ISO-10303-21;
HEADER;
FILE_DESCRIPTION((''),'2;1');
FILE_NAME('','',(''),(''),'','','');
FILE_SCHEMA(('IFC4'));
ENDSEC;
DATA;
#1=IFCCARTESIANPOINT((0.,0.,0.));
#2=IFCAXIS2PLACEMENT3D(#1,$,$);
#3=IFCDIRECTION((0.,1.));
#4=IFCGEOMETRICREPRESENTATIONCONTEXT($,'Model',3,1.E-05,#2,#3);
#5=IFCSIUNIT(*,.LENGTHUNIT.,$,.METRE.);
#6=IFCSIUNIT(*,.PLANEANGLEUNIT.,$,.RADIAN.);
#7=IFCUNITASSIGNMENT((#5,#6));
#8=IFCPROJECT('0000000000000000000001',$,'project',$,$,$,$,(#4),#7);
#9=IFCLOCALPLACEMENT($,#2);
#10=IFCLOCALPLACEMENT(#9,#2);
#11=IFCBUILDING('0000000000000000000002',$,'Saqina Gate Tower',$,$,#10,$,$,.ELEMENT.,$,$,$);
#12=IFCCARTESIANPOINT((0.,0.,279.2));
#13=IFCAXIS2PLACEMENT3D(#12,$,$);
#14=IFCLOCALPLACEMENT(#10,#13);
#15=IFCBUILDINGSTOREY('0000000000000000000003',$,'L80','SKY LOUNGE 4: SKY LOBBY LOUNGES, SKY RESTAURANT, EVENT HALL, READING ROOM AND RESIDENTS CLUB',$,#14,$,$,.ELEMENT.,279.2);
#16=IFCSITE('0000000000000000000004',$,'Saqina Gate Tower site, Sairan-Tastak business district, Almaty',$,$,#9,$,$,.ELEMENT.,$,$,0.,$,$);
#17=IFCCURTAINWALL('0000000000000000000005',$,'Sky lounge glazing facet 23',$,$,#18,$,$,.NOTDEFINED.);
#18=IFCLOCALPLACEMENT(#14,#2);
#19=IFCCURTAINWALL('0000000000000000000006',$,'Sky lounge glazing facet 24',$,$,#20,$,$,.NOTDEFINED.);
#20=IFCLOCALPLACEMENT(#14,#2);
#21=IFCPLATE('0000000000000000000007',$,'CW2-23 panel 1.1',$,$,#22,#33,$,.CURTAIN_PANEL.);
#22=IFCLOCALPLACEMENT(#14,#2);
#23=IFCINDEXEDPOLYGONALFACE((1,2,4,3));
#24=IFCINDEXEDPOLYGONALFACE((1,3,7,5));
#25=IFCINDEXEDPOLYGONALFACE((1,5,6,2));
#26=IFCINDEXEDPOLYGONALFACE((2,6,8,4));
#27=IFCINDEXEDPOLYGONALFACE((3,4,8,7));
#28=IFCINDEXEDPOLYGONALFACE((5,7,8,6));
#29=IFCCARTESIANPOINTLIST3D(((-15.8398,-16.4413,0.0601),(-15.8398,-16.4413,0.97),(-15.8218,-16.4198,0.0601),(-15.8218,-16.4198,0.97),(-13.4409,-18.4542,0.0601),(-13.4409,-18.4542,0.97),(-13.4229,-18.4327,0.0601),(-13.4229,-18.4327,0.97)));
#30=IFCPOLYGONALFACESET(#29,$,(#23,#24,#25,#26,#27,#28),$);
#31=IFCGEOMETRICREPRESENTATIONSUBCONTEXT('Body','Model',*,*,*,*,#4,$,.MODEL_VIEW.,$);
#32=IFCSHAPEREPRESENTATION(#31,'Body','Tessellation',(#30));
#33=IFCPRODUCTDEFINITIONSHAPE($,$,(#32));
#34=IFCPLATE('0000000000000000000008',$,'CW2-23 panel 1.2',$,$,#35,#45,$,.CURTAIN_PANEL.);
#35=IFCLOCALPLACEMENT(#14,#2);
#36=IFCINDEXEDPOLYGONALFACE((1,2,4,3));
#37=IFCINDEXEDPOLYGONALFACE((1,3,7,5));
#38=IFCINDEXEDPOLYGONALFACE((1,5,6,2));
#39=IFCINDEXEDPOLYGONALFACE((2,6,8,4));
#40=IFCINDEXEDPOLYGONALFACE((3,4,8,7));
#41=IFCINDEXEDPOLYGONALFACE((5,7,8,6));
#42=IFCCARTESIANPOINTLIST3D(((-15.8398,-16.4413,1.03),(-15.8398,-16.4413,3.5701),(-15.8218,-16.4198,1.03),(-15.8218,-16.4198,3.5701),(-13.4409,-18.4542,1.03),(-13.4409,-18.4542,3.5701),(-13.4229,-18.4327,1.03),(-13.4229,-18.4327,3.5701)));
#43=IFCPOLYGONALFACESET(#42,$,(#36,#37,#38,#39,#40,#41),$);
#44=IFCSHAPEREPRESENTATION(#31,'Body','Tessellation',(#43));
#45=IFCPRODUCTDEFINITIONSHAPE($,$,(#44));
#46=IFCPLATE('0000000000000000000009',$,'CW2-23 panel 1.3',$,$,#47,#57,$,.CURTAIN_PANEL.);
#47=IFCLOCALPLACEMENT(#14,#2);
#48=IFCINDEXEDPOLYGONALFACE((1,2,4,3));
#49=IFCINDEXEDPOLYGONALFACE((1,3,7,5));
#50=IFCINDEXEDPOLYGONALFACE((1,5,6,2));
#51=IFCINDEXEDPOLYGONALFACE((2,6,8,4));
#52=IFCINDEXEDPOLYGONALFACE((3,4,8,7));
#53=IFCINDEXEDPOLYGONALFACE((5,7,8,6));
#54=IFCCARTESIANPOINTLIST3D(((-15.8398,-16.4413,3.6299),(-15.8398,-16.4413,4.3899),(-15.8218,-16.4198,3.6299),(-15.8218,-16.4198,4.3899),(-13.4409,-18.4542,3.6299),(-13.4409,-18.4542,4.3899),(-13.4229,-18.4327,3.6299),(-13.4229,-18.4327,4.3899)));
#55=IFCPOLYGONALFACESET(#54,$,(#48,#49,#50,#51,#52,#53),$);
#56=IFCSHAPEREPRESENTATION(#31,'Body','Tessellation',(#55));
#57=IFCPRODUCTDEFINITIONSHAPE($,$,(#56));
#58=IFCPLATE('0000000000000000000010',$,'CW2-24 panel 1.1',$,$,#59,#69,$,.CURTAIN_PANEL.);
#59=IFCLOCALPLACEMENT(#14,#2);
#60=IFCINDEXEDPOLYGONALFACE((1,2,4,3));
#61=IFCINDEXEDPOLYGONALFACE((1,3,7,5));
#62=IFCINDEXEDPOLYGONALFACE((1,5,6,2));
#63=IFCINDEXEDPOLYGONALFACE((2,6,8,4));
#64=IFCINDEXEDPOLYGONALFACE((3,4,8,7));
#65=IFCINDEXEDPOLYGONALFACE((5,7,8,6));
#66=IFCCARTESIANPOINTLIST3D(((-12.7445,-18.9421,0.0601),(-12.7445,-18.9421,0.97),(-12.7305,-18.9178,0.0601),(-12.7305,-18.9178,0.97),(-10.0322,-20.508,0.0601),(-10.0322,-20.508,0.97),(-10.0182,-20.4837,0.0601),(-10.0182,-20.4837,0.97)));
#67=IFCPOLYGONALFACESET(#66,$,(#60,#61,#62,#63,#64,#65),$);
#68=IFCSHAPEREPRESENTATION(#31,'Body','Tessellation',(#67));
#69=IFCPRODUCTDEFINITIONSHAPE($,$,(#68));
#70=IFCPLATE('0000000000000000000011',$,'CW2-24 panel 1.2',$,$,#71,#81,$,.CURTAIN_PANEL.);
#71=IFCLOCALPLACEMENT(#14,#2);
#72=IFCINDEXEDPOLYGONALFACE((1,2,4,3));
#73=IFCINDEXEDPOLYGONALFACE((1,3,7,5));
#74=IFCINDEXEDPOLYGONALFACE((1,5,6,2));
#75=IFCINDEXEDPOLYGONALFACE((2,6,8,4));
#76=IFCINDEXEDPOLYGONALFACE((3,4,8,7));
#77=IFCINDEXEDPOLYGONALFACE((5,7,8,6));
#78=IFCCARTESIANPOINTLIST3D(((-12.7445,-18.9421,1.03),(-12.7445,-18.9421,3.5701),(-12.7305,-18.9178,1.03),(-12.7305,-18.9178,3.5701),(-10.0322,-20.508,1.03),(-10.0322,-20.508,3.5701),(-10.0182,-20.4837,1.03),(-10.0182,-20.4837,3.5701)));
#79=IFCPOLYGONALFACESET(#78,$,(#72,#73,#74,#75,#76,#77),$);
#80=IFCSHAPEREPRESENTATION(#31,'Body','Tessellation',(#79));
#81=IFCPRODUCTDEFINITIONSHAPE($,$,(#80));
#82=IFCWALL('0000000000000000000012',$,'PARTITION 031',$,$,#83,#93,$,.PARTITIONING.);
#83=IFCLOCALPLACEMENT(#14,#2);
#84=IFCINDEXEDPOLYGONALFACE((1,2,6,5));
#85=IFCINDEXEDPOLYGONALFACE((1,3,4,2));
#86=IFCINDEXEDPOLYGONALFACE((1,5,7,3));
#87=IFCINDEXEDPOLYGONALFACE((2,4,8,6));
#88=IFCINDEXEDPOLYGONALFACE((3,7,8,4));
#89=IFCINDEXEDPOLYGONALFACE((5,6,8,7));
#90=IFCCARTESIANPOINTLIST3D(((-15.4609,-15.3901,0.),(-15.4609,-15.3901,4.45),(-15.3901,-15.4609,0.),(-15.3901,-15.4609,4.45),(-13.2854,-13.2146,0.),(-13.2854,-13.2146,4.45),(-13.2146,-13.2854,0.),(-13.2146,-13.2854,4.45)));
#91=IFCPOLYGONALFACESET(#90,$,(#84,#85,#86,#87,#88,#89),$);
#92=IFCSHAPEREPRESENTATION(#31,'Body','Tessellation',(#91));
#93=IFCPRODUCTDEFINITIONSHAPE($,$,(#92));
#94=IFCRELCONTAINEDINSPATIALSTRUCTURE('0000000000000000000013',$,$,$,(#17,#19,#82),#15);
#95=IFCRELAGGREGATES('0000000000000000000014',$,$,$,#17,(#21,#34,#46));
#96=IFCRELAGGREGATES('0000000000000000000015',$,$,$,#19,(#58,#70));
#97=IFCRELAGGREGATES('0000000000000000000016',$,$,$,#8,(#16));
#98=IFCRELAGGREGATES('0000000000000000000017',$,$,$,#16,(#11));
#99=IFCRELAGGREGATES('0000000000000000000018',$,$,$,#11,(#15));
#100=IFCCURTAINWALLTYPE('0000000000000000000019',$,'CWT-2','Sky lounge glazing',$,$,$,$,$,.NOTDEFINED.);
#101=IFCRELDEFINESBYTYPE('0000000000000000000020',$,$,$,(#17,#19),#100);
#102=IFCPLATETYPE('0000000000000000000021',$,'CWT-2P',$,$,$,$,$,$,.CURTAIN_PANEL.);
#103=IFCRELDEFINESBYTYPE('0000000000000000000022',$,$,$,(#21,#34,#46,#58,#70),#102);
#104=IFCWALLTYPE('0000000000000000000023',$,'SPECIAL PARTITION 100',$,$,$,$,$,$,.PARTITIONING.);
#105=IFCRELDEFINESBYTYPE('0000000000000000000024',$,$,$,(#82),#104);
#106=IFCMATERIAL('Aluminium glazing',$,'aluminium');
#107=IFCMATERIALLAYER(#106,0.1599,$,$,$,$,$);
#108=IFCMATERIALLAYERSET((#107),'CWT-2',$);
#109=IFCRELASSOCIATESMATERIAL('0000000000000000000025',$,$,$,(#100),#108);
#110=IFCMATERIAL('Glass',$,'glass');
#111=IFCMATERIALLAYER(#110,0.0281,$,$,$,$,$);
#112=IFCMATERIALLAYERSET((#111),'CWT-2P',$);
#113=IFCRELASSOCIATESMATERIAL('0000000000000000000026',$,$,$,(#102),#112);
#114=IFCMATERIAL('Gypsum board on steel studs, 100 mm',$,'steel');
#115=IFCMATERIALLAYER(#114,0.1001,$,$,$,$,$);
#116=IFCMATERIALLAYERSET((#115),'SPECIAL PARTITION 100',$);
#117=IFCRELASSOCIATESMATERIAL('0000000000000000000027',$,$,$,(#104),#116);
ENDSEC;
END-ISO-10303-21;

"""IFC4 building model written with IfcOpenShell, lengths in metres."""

from ifc_helpers import new_model, si_unit, direction, frame, frame_2d, origin, origin_2d, place, context, subcontext, project, spatial, rectangle, extrude, material, layer, layer_set, type_object, element, aggregate, save


model = new_model("IFC4")

# Units and contexts
model_context = context("Model", 3, precision=1e-05, world=origin(), true_north=direction((0.0, 1.0)))
body_context = subcontext(model_context, "Body", "Model", "MODEL_VIEW")
ifc_project = project(units=[si_unit("LENGTHUNIT", "METRE"), si_unit("PLANEANGLEUNIT", "RADIAN")], contexts=[model_context])

# Site, building, storey
site_placement = place(None, origin())
site = spatial("IfcSite", under=ifc_project, at=site_placement, Name="Saqina Gate Tower site, Sairan-Tastak business district, Almaty", CompositionType="ELEMENT", RefElevation=0.0)
building_placement = place(site_placement, origin())
building = spatial("IfcBuilding", under=site, at=building_placement, Name="Saqina Gate Tower", CompositionType="ELEMENT")
storey_placement = place(building_placement, frame((0.0, 0.0, 279.2)))
storey = spatial("IfcBuildingStorey", under=building, at=storey_placement, Name="L80", Description="SKY LOUNGE 4: SKY LOBBY LOUNGES, SKY RESTAURANT, EVENT HALL, READING ROOM AND RESIDENTS CLUB", CompositionType="ELEMENT", Elevation=279.2)

# Shared definitions
ifc_material_1 = material(Name="Aluminium glazing", Category="aluminium")
ifc_layer_1 = layer(ifc_material_1, 0.1599)
ifc_layer_set_1 = layer_set([ifc_layer_1], Name="CWT-2")
curtain_wall_type = type_object("IfcCurtainWallType", Name="CWT-2", Description="Sky lounge glazing", PredefinedType="NOTDEFINED", material=ifc_layer_set_1)

# Curtain wall
curtain_wall_1_placement = place(storey_placement, origin())
curtain_wall_1 = element("IfcCurtainWall", 1, at=curtain_wall_1_placement, inside=storey, type_object=curtain_wall_type, Name="Sky lounge glazing facet 23", PredefinedType="NOTDEFINED")

# Curtain wall
curtain_wall_2_placement = place(storey_placement, origin())
curtain_wall_2 = element("IfcCurtainWall", 2, at=curtain_wall_2_placement, inside=storey, type_object=curtain_wall_type, Name="Sky lounge glazing facet 24", PredefinedType="NOTDEFINED")

# Plates
ifc_material_2 = material(Name="Glass", Category="glass")
ifc_layer_2 = layer(ifc_material_2, 0.0281)
ifc_layer_set_2 = layer_set([ifc_layer_2], Name="CWT-2P")
plate_type = type_object("IfcPlateType", Name="CWT-2P", PredefinedType="CURTAIN_PANEL", material=ifc_layer_set_2)
plate_1_placement = place(storey_placement, frame((-14.6313, -17.437, 0.0601), z_axis=(0.0, 0.0, 1.0), x_axis=(0.766046, -0.642785, 0.0)))
plate_1 = element("IfcPlate", 3, at=plate_1_placement, type_object=plate_type, Name="CW2-23 panel 1.1", PredefinedType="CURTAIN_PANEL", context=body_context, shape_type="SweptSolid", body=[
    extrude(rectangle(XDim=3.1316, YDim=0.0281, at=origin_2d()), origin(), (0.0, 0.0, 1.0), 0.9099),
])
plate_2_placement = place(storey_placement, frame((-14.6313, -17.437, 1.03), z_axis=(0.0, 0.0, 1.0), x_axis=(0.766046, -0.642785, 0.0)))
plate_2 = element("IfcPlate", 4, at=plate_2_placement, type_object=plate_type, Name="CW2-23 panel 1.2", PredefinedType="CURTAIN_PANEL", context=body_context, shape_type="SweptSolid", body=[
    extrude(rectangle(XDim=3.1316, YDim=0.0281, at=origin_2d()), origin(), (0.0, 0.0, 1.0), 2.54),
])
plate_3_placement = place(storey_placement, frame((-14.6313, -17.437, 3.6299), z_axis=(0.0, 0.0, 1.0), x_axis=(0.766046, -0.642785, 0.0)))
plate_3 = element("IfcPlate", 5, at=plate_3_placement, type_object=plate_type, Name="CW2-23 panel 1.3", PredefinedType="CURTAIN_PANEL", context=body_context, shape_type="SweptSolid", body=[
    extrude(rectangle(XDim=3.1316, YDim=0.0281, at=origin_2d()), origin(), (0.0, 0.0, 1.0), 0.76),
])
aggregate(curtain_wall_1, [plate_1, plate_2, plate_3])
plate_4_placement = place(storey_placement, frame((-11.3813, -19.7129, 0.0601), z_axis=(0.0, 0.0, 1.0), x_axis=(0.866036, -0.499982, 0.0)))
plate_4 = element("IfcPlate", 6, at=plate_4_placement, type_object=plate_type, Name="CW2-24 panel 1.1", PredefinedType="CURTAIN_PANEL", context=body_context, shape_type="SweptSolid", body=[
    extrude(rectangle(XDim=3.1318, YDim=0.0281, at=origin_2d()), origin(), (0.0, 0.0, 1.0), 0.9099),
])
plate_5_placement = place(storey_placement, frame((-11.3813, -19.7129, 1.03), z_axis=(0.0, 0.0, 1.0), x_axis=(0.866036, -0.499982, 0.0)))
plate_5 = element("IfcPlate", 7, at=plate_5_placement, type_object=plate_type, Name="CW2-24 panel 1.2", PredefinedType="CURTAIN_PANEL", context=body_context, shape_type="SweptSolid", body=[
    extrude(rectangle(XDim=3.1318, YDim=0.0281, at=origin_2d()), origin(), (0.0, 0.0, 1.0), 2.54),
])
aggregate(curtain_wall_2, [plate_4, plate_5])

# Wall
ifc_material_3 = material(Name="Gypsum board on steel studs, 100 mm", Category="steel")
ifc_layer_3 = layer(ifc_material_3, 0.1001)
ifc_layer_set_3 = layer_set([ifc_layer_3], Name="SPECIAL PARTITION 100")
wall_type = type_object("IfcWallType", Name="SPECIAL PARTITION 100", PredefinedType="PARTITIONING", material=ifc_layer_set_3)
wall_placement = place(storey_placement, frame((-15.4255, -15.4255, 0.0), z_axis=(0.0, 0.0, 1.0), x_axis=(0.707107, 0.707107, 0.0)))
element("IfcWall", 8, at=wall_placement, inside=storey, type_object=wall_type, Name="PARTITION 031", PredefinedType="PARTITIONING", context=body_context, shape_type="SweptSolid", body=[
    extrude(rectangle(XDim=3.0767, YDim=0.1001, at=frame_2d((1.5383, 0.0))), origin(), (0.0, 0.0, 1.0), 4.45),
])

save(model, "model.ifc")
